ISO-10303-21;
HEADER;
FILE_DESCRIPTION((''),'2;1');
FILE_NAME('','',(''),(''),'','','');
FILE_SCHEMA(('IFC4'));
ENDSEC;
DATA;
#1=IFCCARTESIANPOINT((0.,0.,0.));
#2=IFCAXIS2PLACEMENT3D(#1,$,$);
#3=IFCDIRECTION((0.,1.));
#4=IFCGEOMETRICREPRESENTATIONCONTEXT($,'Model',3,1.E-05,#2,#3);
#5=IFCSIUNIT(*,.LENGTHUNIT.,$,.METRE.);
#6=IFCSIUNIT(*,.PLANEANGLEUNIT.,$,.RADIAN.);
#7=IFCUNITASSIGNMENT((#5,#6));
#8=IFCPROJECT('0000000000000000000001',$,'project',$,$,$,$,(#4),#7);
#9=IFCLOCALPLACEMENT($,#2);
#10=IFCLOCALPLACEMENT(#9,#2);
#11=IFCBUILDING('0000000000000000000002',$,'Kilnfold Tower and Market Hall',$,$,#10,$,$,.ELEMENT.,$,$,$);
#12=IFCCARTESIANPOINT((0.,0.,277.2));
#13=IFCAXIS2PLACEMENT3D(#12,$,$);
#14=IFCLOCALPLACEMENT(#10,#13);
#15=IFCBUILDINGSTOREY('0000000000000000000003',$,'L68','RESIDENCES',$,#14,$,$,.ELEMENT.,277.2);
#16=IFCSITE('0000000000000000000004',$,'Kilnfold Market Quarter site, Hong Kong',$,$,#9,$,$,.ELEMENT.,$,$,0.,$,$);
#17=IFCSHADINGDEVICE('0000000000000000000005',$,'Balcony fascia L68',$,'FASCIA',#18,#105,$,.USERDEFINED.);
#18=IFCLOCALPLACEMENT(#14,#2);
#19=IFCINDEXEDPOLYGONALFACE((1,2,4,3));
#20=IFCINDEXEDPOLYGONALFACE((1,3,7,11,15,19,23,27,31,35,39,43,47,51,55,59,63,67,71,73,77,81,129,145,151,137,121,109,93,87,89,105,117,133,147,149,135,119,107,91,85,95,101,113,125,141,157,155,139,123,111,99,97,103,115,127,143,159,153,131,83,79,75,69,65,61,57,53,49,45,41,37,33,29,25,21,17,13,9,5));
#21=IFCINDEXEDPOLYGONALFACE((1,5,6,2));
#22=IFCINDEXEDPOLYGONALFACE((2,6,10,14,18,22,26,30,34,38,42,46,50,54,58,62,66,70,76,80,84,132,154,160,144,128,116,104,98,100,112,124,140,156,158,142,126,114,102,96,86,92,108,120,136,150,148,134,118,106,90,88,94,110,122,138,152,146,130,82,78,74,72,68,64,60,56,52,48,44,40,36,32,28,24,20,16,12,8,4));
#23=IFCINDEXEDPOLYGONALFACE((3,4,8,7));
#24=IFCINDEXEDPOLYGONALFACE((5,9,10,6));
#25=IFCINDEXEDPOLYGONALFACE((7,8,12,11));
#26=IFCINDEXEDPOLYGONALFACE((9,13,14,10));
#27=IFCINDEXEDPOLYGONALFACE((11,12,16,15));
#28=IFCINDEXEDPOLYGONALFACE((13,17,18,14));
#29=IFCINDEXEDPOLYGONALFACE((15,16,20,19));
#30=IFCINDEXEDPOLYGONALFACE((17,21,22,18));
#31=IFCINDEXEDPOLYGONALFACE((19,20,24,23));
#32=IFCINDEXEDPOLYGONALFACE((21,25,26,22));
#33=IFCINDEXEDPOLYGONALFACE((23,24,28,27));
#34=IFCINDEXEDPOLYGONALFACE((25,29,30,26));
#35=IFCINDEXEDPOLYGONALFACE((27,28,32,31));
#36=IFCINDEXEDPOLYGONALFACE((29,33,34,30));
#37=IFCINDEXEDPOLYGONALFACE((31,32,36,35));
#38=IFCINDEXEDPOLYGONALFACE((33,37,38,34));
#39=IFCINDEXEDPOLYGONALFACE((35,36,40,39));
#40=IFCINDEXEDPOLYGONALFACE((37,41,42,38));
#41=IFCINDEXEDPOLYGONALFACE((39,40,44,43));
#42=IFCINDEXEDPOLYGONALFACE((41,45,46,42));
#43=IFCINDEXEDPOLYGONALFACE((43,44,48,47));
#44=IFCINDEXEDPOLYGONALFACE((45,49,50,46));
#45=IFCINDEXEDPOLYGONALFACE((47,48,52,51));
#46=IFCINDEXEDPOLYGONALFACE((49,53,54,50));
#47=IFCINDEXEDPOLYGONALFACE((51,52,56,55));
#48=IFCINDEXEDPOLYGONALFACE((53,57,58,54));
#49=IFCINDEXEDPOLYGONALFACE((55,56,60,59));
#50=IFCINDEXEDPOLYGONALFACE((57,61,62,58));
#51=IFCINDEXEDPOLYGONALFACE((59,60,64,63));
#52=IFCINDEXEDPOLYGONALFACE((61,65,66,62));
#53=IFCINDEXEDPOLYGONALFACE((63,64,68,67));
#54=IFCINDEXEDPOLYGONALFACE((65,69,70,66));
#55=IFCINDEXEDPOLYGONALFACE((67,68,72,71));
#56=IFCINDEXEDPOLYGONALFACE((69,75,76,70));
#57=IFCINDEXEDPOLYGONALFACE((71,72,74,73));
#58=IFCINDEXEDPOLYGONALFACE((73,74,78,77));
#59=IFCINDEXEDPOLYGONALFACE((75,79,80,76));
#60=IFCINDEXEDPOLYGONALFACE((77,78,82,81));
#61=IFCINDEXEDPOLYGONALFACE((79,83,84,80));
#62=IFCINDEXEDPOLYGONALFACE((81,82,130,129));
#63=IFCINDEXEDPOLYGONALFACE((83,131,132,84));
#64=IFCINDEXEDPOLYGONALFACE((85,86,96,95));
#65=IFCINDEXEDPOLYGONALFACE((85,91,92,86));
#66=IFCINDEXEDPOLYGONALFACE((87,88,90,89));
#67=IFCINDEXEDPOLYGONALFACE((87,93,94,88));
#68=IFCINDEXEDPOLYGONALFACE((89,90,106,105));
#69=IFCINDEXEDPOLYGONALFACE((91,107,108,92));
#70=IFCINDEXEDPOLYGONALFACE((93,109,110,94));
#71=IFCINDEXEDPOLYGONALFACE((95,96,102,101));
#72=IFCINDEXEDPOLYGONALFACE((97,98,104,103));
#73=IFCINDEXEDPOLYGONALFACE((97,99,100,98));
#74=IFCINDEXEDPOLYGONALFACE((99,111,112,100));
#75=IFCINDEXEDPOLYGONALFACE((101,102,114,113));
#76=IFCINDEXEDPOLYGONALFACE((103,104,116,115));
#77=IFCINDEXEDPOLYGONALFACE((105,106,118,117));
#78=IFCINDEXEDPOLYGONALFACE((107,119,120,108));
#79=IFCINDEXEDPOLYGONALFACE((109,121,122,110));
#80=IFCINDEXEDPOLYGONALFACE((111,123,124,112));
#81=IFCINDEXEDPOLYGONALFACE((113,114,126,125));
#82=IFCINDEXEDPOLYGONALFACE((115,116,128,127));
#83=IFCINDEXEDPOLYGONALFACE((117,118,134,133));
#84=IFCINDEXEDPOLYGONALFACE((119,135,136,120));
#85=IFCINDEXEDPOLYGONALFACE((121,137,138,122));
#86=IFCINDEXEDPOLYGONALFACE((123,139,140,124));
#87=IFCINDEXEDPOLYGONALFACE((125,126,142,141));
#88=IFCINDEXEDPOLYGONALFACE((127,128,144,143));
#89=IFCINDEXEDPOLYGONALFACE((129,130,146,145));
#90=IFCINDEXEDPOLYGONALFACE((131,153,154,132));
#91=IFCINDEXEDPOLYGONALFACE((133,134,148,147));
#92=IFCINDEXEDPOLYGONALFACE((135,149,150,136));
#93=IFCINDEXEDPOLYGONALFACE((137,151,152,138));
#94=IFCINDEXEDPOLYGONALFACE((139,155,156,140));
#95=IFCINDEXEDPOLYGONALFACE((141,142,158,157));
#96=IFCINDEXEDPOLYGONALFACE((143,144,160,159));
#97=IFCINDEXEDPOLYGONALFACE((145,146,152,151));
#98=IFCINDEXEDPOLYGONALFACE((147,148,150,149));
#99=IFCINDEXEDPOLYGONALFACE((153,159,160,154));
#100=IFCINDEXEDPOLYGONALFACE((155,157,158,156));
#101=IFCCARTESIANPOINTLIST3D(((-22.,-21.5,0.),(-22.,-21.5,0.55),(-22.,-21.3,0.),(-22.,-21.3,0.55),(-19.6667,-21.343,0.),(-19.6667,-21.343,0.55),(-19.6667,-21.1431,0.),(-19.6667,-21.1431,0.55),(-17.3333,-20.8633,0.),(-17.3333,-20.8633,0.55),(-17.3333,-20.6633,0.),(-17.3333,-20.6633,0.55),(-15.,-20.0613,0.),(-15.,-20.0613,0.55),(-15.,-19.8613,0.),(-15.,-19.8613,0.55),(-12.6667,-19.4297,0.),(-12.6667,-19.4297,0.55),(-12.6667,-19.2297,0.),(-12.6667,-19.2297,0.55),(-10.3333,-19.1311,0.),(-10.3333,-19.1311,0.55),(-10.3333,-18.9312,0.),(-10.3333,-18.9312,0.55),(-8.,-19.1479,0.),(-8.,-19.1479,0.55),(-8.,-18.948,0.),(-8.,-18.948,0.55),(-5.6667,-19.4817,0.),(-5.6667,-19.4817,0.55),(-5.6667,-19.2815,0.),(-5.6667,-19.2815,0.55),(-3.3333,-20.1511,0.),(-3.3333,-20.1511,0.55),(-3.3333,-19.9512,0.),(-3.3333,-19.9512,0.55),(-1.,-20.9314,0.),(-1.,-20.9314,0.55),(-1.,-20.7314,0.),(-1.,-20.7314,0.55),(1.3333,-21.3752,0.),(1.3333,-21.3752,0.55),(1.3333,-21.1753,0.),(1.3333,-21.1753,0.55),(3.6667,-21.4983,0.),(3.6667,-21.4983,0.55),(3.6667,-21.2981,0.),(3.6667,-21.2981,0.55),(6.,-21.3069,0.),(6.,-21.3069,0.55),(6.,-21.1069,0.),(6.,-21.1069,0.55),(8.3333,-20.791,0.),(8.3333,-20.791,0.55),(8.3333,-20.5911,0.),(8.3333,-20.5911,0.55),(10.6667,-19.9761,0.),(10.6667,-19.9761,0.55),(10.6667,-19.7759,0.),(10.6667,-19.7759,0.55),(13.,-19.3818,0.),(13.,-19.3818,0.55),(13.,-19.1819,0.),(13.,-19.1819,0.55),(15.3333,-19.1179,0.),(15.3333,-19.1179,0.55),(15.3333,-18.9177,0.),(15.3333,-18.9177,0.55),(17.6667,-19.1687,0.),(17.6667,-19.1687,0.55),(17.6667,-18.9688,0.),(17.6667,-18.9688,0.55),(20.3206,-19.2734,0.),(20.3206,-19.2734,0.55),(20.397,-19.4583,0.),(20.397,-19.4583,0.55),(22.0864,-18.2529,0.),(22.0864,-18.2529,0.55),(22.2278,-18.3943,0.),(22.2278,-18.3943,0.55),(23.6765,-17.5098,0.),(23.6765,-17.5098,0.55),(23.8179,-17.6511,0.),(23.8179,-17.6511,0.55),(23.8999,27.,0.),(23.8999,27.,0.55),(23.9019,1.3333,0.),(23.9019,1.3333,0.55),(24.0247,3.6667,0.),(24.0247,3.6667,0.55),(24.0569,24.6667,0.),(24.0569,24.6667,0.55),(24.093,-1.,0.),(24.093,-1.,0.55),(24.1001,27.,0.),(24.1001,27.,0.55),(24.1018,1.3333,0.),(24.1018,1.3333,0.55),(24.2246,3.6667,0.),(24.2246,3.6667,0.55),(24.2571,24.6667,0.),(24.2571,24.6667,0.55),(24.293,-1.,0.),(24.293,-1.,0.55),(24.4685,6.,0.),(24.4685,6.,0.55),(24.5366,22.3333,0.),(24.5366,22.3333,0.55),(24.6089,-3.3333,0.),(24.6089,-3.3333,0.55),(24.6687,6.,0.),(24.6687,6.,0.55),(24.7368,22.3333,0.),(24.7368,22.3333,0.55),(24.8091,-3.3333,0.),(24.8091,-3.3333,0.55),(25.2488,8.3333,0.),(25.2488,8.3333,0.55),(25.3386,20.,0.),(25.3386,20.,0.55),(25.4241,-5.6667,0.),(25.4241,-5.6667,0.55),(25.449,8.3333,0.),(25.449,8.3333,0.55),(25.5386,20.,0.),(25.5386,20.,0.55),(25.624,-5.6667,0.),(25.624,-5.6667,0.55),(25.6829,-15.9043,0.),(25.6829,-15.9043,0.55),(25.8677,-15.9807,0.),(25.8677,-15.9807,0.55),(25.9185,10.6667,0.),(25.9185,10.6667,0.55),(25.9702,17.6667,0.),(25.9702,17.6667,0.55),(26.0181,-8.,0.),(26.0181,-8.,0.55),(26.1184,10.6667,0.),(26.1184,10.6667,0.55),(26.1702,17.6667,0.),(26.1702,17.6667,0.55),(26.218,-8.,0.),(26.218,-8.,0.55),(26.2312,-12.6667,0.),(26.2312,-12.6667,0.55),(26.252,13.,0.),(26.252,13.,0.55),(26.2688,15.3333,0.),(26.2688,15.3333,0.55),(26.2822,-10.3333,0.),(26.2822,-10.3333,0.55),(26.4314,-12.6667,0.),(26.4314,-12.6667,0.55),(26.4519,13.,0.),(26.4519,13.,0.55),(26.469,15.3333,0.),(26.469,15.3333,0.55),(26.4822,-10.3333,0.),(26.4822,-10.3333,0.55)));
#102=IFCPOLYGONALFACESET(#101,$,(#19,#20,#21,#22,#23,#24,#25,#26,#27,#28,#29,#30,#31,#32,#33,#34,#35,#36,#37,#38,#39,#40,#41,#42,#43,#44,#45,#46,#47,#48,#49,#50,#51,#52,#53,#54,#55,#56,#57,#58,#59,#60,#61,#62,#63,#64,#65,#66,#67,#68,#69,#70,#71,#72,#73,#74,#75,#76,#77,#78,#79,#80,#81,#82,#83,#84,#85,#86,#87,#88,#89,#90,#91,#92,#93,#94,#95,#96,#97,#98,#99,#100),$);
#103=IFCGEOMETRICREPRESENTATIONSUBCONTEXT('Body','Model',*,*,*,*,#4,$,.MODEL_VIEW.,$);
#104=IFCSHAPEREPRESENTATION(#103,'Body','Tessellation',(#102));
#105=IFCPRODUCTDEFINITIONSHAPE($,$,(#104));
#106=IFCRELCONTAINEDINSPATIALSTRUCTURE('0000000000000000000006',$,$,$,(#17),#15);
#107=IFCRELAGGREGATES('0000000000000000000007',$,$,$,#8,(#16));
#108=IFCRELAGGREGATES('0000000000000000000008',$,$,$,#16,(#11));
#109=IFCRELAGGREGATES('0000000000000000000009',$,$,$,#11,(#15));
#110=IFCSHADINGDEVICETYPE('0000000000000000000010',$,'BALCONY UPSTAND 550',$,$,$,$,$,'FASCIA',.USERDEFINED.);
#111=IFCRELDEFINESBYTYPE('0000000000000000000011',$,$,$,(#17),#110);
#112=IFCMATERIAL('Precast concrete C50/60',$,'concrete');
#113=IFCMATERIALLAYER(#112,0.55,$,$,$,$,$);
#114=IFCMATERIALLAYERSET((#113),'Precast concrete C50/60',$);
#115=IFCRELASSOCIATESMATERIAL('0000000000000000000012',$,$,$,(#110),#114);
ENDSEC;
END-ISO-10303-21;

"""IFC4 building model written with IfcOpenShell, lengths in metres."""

from ifc_helpers import new_model, si_unit, direction, frame, origin, place, context, subcontext, project, spatial, polyline, outline, extrude, source, transform, mapped, material, layer, layer_set, type_object, element, save


model = new_model("IFC4")

# Units and contexts
model_context = context("Model", 3, precision=1e-05, world=origin(), true_north=direction((0.0, 1.0)))
body_context = subcontext(model_context, "Body", "Model", "MODEL_VIEW")
ifc_project = project(units=[si_unit("LENGTHUNIT", "METRE"), si_unit("PLANEANGLEUNIT", "RADIAN")], contexts=[model_context])

# Site, building, storey
site_placement = place(None, origin())
site = spatial("IfcSite", under=ifc_project, at=site_placement, Name="Kilnfold Market Quarter site, Hong Kong", CompositionType="ELEMENT", RefElevation=0.0)
building_placement = place(site_placement, origin())
building = spatial("IfcBuilding", under=site, at=building_placement, Name="Kilnfold Tower and Market Hall", CompositionType="ELEMENT")
storey_placement = place(building_placement, frame((0.0, 0.0, 277.2)))
storey = spatial("IfcBuildingStorey", under=building, at=storey_placement, Name="L68", Description="RESIDENCES", CompositionType="ELEMENT", Elevation=277.2)

# Shading device
ifc_material_1 = material(Name="Precast concrete C50/60", Category="concrete")
ifc_layer_1 = layer(ifc_material_1, 0.55)
ifc_layer_set_1 = layer_set([ifc_layer_1], Name="Precast concrete C50/60")
shading_device_type_1 = type_object("IfcShadingDeviceType", Name="BALCONY UPSTAND 550", ElementType="FASCIA", PredefinedType="USERDEFINED", material=ifc_layer_set_1)
shared_shape_1 = source(origin(), body_context, "Body", "SweptSolid", [
    extrude(outline(polyline([(-22.0, -21.5), (-19.6667, -21.343), (-17.3333, -20.8633), (-15.0, -20.0613), (-12.6667, -19.4297), (-10.3333, -19.1311), (-8.0, -19.1479), (-5.6667, -19.4817), (-3.3333, -20.1511), (-1.0, -20.9314), (1.3333, -21.3752), (3.6667, -21.4983), (6.0, -21.3069), (8.3333, -20.791), (10.6667, -19.9761), (13.0, -19.3818), (15.3333, -19.1179), (17.6667, -19.1687), (20.397, -19.4583), (22.2278, -18.3943), (23.8179, -17.6511), (25.8677, -15.9807), (26.4314, -12.6667), (26.4822, -10.3333), (26.218, -8.0), (25.624, -5.6667), (24.8091, -3.3333), (24.293, -1.0), (24.1018, 1.3333), (24.2246, 3.6667), (24.6687, 6.0), (25.449, 8.3333), (26.1184, 10.6667), (26.4519, 13.0), (26.469, 15.3333), (26.1702, 17.6667), (25.5386, 20.0), (24.7368, 22.3333), (24.2571, 24.6667), (24.1001, 27.0), (23.8999, 27.0), (24.0569, 24.6667), (24.5366, 22.3333), (25.3386, 20.0), (25.9702, 17.6667), (26.2688, 15.3333), (26.252, 13.0), (25.9185, 10.6667), (25.2488, 8.3333), (24.4685, 6.0), (24.0247, 3.6667), (23.9019, 1.3333), (24.093, -1.0), (24.6089, -3.3333), (25.4241, -5.6667), (26.0181, -8.0), (26.2822, -10.3333), (26.2312, -12.6667), (25.6829, -15.9043), (23.6765, -17.5098), (22.0864, -18.2529), (20.3206, -19.2734), (17.6667, -18.9688), (15.3333, -18.9177), (13.0, -19.1819), (10.6667, -19.7759), (8.3333, -20.5911), (6.0, -21.1069), (3.6667, -21.2981), (1.3333, -21.1753), (-1.0, -20.7314), (-3.3333, -19.9512), (-5.6667, -19.2815), (-8.0, -18.948), (-10.3333, -18.9312), (-12.6667, -19.2297), (-15.0, -19.8613), (-17.3333, -20.6633), (-19.6667, -21.1431), (-22.0, -21.3), (-22.0, -21.5)])), origin(), (0.0, 0.0, 1.0), 0.55),
])
shading_device_1_placement = place(storey_placement, origin())
element("IfcShadingDevice", 1, at=shading_device_1_placement, inside=storey, type_object=shading_device_type_1, Name="Balcony fascia L68", ObjectType="FASCIA", PredefinedType="USERDEFINED", context=body_context, shape_type="MappedRepresentation", body=[
    mapped(shared_shape_1, transform((0.0, 0.0, 0.0))),
])

save(model, "model.ifc")
